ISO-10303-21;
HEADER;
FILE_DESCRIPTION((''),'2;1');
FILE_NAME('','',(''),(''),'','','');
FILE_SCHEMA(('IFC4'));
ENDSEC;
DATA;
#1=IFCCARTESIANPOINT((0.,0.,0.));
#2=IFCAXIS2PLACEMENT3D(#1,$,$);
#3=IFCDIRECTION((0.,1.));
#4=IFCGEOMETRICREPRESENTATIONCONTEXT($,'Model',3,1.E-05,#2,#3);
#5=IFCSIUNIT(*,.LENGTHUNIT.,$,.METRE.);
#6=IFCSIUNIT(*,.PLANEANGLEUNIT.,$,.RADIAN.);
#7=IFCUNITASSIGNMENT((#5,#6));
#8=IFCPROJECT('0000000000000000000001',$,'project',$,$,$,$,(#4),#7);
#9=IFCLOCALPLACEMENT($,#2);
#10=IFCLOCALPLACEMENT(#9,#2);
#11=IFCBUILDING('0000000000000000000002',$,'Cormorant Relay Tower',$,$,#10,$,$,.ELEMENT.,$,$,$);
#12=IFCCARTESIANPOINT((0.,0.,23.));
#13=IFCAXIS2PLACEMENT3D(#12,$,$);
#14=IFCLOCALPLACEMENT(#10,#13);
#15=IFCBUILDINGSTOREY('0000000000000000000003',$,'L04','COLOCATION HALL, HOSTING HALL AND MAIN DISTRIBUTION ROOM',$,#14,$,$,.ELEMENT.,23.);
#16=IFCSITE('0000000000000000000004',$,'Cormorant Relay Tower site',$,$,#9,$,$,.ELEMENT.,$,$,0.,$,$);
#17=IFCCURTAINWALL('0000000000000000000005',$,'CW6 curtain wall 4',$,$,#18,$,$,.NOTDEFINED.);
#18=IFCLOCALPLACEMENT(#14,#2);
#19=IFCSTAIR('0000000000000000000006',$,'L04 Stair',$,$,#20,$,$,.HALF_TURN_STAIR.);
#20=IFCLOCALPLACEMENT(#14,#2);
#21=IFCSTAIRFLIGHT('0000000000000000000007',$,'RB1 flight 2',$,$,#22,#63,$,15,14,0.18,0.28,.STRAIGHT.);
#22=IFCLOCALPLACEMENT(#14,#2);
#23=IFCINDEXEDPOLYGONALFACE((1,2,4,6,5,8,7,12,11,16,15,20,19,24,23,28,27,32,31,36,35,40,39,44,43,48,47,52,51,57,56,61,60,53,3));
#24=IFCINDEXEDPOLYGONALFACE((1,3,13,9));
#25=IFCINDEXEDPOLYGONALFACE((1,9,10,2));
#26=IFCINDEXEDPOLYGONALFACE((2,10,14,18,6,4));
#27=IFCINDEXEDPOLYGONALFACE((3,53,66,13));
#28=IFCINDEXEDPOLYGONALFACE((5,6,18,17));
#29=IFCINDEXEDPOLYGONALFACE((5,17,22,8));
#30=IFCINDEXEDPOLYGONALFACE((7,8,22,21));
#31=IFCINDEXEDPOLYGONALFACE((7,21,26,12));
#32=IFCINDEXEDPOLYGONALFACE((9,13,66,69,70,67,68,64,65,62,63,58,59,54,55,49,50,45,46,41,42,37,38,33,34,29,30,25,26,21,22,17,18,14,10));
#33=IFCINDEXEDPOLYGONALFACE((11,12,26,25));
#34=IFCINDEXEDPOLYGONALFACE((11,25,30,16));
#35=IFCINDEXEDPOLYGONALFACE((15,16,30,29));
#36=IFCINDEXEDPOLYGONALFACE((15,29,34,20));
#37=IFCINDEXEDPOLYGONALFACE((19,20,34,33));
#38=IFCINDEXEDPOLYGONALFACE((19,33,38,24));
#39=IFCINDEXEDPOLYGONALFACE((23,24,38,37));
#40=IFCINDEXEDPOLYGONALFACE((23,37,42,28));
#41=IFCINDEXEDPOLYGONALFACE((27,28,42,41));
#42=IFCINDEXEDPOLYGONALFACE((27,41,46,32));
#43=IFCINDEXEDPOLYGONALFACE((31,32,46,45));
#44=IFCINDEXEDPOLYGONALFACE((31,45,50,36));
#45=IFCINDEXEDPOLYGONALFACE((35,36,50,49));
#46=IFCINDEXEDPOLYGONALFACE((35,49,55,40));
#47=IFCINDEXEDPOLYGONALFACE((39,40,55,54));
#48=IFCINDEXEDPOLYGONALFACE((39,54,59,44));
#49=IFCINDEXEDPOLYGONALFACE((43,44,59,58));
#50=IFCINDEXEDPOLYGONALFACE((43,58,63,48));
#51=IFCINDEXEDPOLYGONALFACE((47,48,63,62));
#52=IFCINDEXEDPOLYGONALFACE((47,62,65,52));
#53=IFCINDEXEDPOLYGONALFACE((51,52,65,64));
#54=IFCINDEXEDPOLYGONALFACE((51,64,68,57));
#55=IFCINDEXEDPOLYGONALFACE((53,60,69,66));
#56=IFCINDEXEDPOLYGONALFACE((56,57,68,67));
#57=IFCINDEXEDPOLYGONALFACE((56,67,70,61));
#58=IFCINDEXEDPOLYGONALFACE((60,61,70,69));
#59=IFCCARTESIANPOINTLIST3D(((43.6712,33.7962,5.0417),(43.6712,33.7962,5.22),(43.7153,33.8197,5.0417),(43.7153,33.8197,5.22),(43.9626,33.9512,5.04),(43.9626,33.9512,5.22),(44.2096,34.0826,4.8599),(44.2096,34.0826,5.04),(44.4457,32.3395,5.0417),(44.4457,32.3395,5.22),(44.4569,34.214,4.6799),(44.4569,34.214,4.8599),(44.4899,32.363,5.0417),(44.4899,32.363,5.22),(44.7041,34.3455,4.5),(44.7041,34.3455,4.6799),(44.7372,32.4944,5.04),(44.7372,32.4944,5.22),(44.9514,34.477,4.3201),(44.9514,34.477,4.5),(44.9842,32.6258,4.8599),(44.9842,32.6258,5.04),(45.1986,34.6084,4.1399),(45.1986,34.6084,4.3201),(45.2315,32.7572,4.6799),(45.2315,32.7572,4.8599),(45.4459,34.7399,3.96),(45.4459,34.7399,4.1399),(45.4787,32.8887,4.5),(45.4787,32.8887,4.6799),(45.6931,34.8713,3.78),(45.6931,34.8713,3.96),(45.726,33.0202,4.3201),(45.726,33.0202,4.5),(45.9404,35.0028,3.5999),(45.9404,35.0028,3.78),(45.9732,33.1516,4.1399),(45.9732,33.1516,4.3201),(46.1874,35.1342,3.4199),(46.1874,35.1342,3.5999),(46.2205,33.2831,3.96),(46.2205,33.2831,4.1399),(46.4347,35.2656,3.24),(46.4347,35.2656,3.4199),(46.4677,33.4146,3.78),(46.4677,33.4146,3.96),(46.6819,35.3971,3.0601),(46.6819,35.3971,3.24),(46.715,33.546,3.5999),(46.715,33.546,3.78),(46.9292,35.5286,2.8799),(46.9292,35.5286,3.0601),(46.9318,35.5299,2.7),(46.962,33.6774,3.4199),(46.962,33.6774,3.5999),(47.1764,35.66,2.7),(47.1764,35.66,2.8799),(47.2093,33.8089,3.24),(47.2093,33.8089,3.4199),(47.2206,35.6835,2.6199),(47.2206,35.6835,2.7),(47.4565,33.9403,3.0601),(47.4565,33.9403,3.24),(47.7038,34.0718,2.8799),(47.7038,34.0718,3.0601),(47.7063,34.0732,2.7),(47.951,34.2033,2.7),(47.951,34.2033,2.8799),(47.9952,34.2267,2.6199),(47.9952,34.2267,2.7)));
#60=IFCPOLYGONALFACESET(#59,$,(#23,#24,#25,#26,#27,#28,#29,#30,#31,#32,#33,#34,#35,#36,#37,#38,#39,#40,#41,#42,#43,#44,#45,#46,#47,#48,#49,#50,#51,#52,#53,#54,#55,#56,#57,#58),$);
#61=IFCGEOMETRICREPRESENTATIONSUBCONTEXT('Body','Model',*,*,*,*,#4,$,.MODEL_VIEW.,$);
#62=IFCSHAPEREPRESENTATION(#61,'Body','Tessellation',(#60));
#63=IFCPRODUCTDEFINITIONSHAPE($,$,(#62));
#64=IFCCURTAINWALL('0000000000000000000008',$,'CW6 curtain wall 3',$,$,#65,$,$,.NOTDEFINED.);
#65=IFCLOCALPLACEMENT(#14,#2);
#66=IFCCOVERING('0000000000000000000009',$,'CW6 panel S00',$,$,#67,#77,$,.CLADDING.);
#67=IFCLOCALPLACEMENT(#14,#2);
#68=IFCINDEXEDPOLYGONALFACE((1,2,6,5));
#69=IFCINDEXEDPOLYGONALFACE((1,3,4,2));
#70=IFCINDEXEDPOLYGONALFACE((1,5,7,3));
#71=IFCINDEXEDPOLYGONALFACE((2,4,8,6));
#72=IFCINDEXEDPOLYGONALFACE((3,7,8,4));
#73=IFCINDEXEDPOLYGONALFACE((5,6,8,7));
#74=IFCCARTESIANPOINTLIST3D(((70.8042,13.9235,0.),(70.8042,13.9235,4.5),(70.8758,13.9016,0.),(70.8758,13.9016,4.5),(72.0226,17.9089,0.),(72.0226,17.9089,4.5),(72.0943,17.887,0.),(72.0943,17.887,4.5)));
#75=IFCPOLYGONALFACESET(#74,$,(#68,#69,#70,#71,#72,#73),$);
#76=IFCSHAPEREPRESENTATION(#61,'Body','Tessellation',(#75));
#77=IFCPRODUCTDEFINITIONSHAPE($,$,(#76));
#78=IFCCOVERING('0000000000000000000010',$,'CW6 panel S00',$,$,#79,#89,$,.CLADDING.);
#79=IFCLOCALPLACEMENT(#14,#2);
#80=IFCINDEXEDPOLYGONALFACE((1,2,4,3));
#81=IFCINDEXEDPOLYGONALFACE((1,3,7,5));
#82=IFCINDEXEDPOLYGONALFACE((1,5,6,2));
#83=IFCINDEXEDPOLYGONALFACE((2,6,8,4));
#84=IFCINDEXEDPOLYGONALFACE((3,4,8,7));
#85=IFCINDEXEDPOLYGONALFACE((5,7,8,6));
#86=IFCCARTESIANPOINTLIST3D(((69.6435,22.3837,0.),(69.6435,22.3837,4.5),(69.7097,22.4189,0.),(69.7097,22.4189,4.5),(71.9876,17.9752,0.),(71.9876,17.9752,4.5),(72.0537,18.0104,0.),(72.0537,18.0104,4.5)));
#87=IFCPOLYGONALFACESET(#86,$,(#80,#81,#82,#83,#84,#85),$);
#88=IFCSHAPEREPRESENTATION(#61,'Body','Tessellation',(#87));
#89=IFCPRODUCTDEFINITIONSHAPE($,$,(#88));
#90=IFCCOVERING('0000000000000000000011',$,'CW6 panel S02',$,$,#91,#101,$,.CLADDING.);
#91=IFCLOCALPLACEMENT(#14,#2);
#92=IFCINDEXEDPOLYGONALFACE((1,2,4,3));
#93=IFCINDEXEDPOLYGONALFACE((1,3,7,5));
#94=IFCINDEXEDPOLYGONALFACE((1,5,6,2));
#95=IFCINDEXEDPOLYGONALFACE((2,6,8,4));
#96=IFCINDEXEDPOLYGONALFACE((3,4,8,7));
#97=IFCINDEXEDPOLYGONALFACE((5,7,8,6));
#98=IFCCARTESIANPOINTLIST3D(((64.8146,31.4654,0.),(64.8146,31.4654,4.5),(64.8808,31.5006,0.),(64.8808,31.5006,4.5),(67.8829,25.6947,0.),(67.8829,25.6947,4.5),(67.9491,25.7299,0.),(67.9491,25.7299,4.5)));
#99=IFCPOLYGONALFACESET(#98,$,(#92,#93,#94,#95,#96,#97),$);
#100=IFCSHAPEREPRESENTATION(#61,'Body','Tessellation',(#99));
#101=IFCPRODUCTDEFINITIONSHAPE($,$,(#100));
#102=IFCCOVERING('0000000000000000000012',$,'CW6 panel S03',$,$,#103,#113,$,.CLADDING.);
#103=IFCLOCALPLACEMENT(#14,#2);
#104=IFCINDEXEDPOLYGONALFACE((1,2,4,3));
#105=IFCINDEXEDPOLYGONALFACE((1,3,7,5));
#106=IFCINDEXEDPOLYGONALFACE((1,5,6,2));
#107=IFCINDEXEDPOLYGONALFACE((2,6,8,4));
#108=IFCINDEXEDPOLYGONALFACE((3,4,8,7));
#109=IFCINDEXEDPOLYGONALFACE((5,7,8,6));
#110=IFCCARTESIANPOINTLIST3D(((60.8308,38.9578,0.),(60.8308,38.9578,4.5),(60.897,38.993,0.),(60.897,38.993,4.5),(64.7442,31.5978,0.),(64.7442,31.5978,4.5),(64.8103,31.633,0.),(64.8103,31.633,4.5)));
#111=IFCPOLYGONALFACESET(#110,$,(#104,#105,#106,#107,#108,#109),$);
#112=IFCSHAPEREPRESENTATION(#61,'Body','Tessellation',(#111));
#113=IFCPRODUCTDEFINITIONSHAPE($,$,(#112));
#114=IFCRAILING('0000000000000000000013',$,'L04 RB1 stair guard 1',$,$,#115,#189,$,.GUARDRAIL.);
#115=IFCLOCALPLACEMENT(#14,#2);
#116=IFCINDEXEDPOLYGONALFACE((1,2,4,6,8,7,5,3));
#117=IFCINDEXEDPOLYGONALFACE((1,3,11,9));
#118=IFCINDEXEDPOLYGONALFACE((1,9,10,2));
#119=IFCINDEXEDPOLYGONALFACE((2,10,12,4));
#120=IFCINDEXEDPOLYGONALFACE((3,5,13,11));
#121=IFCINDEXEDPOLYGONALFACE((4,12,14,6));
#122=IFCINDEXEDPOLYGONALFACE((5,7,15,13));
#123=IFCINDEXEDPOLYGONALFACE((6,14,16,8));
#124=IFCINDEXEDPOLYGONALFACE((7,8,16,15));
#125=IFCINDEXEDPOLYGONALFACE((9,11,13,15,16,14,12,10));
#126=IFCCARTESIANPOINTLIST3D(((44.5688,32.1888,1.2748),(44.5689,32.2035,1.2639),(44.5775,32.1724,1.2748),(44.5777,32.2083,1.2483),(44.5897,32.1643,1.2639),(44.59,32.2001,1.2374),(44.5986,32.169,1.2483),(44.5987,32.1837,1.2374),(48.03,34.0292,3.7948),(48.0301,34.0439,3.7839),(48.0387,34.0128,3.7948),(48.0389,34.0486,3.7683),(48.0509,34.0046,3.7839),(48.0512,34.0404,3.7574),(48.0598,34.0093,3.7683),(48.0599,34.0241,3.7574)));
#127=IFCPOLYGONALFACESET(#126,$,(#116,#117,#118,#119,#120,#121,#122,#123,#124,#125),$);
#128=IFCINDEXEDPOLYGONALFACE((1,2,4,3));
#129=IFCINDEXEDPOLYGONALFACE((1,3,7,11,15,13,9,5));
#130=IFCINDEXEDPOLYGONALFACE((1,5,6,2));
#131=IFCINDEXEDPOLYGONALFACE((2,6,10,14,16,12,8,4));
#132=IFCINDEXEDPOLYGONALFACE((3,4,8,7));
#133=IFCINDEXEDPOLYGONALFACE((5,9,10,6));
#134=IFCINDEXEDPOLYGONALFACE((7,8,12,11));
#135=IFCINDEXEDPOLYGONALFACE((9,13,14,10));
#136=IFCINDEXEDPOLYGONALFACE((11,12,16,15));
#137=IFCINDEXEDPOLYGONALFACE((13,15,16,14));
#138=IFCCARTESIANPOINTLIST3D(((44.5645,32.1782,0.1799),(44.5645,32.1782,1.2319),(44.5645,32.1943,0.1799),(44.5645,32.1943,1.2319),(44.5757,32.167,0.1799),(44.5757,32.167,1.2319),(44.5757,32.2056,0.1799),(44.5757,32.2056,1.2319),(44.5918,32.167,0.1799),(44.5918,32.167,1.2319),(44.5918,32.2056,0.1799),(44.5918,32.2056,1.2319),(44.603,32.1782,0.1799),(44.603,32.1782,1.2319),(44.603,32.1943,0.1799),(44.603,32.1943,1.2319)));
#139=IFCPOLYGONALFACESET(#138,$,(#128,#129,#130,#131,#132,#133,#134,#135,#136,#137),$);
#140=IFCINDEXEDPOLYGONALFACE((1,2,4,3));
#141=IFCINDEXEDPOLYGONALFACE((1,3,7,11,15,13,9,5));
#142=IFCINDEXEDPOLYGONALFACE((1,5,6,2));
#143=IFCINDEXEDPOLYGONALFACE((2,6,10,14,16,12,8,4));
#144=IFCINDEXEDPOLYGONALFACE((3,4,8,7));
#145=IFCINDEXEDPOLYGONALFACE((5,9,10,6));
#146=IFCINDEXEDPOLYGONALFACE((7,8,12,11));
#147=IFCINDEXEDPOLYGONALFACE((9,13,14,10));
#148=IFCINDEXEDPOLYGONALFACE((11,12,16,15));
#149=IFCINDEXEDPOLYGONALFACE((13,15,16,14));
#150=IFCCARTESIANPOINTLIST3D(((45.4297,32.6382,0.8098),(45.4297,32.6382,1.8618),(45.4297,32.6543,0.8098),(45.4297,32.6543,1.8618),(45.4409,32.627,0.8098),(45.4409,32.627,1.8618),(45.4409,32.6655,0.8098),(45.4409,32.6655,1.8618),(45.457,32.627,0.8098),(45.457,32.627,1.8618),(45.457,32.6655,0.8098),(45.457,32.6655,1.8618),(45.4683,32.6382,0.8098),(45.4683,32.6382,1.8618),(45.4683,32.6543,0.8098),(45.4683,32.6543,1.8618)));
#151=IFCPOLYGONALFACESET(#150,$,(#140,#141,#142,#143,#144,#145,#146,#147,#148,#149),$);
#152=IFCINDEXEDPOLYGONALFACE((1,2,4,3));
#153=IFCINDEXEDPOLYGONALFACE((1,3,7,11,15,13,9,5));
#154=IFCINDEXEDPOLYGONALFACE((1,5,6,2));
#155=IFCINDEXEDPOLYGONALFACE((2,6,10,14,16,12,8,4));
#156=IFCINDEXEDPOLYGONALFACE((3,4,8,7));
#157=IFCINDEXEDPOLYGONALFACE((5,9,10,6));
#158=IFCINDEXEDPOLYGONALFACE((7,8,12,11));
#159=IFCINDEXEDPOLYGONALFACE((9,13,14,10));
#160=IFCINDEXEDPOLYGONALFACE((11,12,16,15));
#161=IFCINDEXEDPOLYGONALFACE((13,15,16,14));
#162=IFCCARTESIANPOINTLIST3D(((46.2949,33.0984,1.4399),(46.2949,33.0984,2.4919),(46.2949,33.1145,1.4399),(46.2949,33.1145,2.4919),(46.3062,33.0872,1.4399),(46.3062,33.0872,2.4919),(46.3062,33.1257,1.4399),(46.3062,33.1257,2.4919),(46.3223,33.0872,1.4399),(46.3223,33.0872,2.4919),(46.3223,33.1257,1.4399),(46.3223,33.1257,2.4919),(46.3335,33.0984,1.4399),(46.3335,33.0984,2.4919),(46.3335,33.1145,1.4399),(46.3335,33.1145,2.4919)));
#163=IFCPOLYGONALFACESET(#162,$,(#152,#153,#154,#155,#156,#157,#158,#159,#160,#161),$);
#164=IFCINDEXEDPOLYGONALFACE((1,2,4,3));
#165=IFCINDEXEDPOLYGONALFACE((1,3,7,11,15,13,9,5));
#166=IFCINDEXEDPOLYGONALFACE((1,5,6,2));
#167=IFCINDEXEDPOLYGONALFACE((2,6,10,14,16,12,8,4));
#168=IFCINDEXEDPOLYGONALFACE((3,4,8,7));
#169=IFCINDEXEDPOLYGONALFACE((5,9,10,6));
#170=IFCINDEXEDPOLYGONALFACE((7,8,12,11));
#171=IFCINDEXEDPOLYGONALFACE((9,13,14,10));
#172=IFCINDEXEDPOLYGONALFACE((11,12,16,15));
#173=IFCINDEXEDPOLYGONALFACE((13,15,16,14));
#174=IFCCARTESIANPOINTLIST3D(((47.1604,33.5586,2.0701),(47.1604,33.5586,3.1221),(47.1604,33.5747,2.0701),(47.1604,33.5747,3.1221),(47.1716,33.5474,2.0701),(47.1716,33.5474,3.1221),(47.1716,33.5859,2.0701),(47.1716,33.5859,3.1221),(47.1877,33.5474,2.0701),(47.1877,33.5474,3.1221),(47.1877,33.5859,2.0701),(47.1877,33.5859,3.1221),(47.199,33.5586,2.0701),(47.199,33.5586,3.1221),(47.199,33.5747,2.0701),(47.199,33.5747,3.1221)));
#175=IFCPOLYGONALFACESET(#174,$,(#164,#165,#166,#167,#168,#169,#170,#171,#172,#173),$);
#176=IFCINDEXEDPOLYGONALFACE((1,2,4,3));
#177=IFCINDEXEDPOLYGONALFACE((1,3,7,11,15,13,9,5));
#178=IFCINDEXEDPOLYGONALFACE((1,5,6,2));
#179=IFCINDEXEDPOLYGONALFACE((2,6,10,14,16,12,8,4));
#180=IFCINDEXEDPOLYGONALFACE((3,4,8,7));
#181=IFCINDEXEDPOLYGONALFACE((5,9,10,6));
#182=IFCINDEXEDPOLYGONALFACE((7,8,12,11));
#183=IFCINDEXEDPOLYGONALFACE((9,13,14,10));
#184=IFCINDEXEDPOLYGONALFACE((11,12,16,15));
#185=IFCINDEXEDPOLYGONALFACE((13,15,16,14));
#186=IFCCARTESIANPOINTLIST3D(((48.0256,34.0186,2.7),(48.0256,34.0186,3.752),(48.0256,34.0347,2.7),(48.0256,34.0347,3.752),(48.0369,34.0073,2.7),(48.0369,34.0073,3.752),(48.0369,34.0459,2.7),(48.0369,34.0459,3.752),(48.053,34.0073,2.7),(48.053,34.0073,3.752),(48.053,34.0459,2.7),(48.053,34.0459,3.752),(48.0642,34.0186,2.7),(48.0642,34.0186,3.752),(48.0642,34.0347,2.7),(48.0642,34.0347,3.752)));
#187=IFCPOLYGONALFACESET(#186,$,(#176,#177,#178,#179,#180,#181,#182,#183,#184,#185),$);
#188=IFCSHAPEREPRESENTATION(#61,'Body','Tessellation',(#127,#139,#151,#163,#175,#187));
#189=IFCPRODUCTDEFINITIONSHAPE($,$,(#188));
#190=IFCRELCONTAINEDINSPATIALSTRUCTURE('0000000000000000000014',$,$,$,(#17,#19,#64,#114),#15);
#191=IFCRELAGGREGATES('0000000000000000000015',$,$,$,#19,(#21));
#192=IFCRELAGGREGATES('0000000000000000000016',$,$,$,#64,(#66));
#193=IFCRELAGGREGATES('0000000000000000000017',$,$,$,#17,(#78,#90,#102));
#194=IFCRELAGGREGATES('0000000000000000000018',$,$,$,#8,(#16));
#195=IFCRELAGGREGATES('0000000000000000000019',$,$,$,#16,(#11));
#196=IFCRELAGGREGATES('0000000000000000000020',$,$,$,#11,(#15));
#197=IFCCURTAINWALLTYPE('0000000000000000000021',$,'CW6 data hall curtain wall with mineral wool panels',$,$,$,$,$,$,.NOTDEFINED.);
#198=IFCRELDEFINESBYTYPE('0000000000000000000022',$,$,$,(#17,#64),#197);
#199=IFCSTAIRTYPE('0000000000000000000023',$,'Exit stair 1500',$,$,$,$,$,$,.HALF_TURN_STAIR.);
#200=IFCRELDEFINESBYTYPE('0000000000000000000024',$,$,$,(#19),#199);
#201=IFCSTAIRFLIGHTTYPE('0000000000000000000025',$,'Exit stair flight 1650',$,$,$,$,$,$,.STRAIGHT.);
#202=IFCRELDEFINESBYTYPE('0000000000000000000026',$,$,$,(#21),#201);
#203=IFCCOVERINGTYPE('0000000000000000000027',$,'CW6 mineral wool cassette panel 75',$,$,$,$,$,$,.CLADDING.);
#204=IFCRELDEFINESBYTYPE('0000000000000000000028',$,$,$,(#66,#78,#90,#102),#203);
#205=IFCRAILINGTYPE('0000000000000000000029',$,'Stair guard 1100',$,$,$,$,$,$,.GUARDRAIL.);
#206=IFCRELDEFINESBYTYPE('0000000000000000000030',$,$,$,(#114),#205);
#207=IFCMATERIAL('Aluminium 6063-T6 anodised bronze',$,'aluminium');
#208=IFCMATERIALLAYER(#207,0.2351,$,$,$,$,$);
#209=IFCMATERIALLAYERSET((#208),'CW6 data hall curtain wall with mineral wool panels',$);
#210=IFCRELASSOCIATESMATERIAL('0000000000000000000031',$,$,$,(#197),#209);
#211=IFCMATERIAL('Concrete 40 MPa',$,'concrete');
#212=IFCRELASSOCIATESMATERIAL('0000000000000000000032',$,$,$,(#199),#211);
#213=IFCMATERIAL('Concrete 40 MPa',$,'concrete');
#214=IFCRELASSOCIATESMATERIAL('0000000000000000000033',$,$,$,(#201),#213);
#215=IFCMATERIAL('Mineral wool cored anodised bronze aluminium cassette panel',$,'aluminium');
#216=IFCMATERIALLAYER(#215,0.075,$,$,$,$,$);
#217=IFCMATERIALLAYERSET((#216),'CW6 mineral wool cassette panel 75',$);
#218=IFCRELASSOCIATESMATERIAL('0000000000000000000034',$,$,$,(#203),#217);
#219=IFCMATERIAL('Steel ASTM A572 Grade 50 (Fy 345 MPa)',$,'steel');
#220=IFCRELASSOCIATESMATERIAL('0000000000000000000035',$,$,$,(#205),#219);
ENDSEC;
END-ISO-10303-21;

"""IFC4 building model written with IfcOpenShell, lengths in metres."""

from ifc_helpers import new_model, si_unit, direction, frame, origin, origin_2d, place, context, subcontext, project, spatial, polyline, rectangle, outline, extrude, material, layer, layer_set, type_object, element, aggregate, save


model = new_model("IFC4")

# Units and contexts
model_context = context("Model", 3, precision=1e-05, world=origin(), true_north=direction((0.0, 1.0)))
body_context = subcontext(model_context, "Body", "Model", "MODEL_VIEW")
ifc_project = project(units=[si_unit("LENGTHUNIT", "METRE"), si_unit("PLANEANGLEUNIT", "RADIAN")], contexts=[model_context])

# Site, building, storey
site_placement = place(None, origin())
site = spatial("IfcSite", under=ifc_project, at=site_placement, Name="Cormorant Relay Tower site", CompositionType="ELEMENT", RefElevation=0.0)
building_placement = place(site_placement, origin())
building = spatial("IfcBuilding", under=site, at=building_placement, Name="Cormorant Relay Tower", CompositionType="ELEMENT")
storey_placement = place(building_placement, frame((0.0, 0.0, 23.0)))
storey = spatial("IfcBuildingStorey", under=building, at=storey_placement, Name="L04", Description="COLOCATION HALL, HOSTING HALL AND MAIN DISTRIBUTION ROOM", CompositionType="ELEMENT", Elevation=23.0)

# Curtain wall
ifc_material_1 = material(Name="Aluminium 6063-T6 anodised bronze", Category="aluminium")
ifc_layer_1 = layer(ifc_material_1, 0.2351)
ifc_layer_set_1 = layer_set([ifc_layer_1], Name="CW6 data hall curtain wall with mineral wool panels")
curtain_wall_type = type_object("IfcCurtainWallType", Name="CW6 data hall curtain wall with mineral wool panels", PredefinedType="NOTDEFINED", material=ifc_layer_set_1)
curtain_wall_1_placement = place(storey_placement, origin())
curtain_wall_1 = element("IfcCurtainWall", 1, at=curtain_wall_1_placement, inside=storey, type_object=curtain_wall_type, Name="CW6 curtain wall 4", PredefinedType="NOTDEFINED")

# Stair, stair flight
ifc_material_2 = material(Name="Concrete 40 MPa", Category="concrete")
stair_type = type_object("IfcStairType", Name="Exit stair 1500", PredefinedType="HALF_TURN_STAIR", material=ifc_material_2)
stair_placement = place(storey_placement, origin())
stair = element("IfcStair", 2, at=stair_placement, inside=storey, type_object=stair_type, Name="L04 Stair", PredefinedType="HALF_TURN_STAIR")
ifc_material_3 = material(Name="Concrete 40 MPa", Category="concrete")
stair_flight_type = type_object("IfcStairFlightType", Name="Exit stair flight 1650", PredefinedType="STRAIGHT", material=ifc_material_3)
stair_flight_1_placement = place(storey_placement, frame((47.5637, 34.9316, 2.7), z_axis=(0.0, 0.0, 1.0), x_axis=(-0.882948, -0.469472, 0.0)))
stair_flight_1 = element("IfcStairFlight", 3, at=stair_flight_1_placement, type_object=stair_flight_type, Name="RB1 flight 2", NumberOfRisers=15, NumberOfTreads=14, PredefinedType="STRAIGHT", RiserHeight=0.18, TreadLength=0.28, context=body_context, shape_type="SweptSolid", body=[
    extrude(outline(polyline([(-0.05, -0.0801), (-0.05, 0.0), (0.0, 0.0), (0.0, 0.1799), (0.28, 0.1799), (0.28, 0.3601), (0.5601, 0.3601), (0.5601, 0.54), (0.8401, 0.54), (0.8401, 0.72), (1.1201, 0.72), (1.1201, 0.8999), (1.3999, 0.8999), (1.3999, 1.0801), (1.6799, 1.0801), (1.6799, 1.26), (1.96, 1.26), (1.96, 1.4399), (2.24, 1.4399), (2.24, 1.6201), (2.52, 1.6201), (2.52, 1.8), (2.8, 1.8), (2.8, 1.98), (3.0801, 1.98), (3.0801, 2.1599), (3.3601, 2.1599), (3.3601, 2.3401), (3.6399, 2.3401), (3.6399, 2.52), (3.9199, 2.52), (3.97, 2.52), (3.97, 2.3418), (3.9199, 2.3418), (0.2771, 0.0), (-0.05, -0.0801)])), frame((0.0, 0.825, 0.0), z_axis=(0.0, -1.0, 0.0), x_axis=(1.0, 0.0, 0.0)), (0.0, 0.0, 1.0), 1.6499),
])
aggregate(stair, [stair_flight_1])

# Curtain wall, covering
curtain_wall_2_placement = place(storey_placement, origin())
curtain_wall_2 = element("IfcCurtainWall", 4, at=curtain_wall_2_placement, inside=storey, type_object=curtain_wall_type, Name="CW6 curtain wall 3", PredefinedType="NOTDEFINED")
ifc_material_4 = material(Name="Mineral wool cored anodised bronze aluminium cassette panel", Category="aluminium")
ifc_layer_2 = layer(ifc_material_4, 0.075)
ifc_layer_set_2 = layer_set([ifc_layer_2], Name="CW6 mineral wool cassette panel 75")
covering_type = type_object("IfcCoveringType", Name="CW6 mineral wool cassette panel 75", PredefinedType="CLADDING", material=ifc_layer_set_2)
covering_1_placement = place(storey_placement, frame((71.4492, 15.9053, 0.0), z_axis=(0.0, 0.0, 1.0), x_axis=(0.292372, 0.956305, 0.0)))
covering_1 = element("IfcCovering", 5, at=covering_1_placement, type_object=covering_type, Name="CW6 panel S00", PredefinedType="CLADDING", context=body_context, shape_type="SweptSolid", body=[
    extrude(rectangle(XDim=4.1675, YDim=0.075, at=origin_2d()), origin(), (0.0, 0.0, 1.0), 4.5),
])
aggregate(curtain_wall_2, [covering_1])

# Coverings
covering_2_placement = place(storey_placement, frame((70.8486, 20.197, 0.0), z_axis=(0.0, 0.0, 1.0), x_axis=(-0.469472, 0.882948, 0.0)))
covering_2 = element("IfcCovering", 6, at=covering_2_placement, type_object=covering_type, Name="CW6 panel S00", PredefinedType="CLADDING", context=body_context, shape_type="SweptSolid", body=[
    extrude(rectangle(XDim=4.9929, YDim=0.075, at=origin_2d()), origin(), (0.0, 0.0, 1.0), 4.5),
])
covering_3_placement = place(storey_placement, frame((66.3818, 28.5977, 0.0), z_axis=(0.0, 0.0, 1.0), x_axis=(-0.469472, 0.882948, 0.0)))
covering_3 = element("IfcCovering", 7, at=covering_3_placement, type_object=covering_type, Name="CW6 panel S02", PredefinedType="CLADDING", context=body_context, shape_type="SweptSolid", body=[
    extrude(rectangle(XDim=6.5356, YDim=0.075, at=origin_2d()), origin(), (0.0, 0.0, 1.0), 4.5),
])
covering_4_placement = place(storey_placement, frame((62.8206, 35.2954, 0.0), z_axis=(0.0, 0.0, 1.0), x_axis=(-0.469472, 0.882948, 0.0)))
covering_4 = element("IfcCovering", 8, at=covering_4_placement, type_object=covering_type, Name="CW6 panel S03", PredefinedType="CLADDING", context=body_context, shape_type="SweptSolid", body=[
    extrude(rectangle(XDim=8.3357, YDim=0.075, at=origin_2d()), origin(), (0.0, 0.0, 1.0), 4.5),
])
aggregate(curtain_wall_1, [covering_2, covering_3, covering_4])

# Railing
ifc_material_5 = material(Name="Steel ASTM A572 Grade 50 (Fy 345 MPa)", Category="steel")
railing_type_1 = type_object("IfcRailingType", Name="Stair guard 1100", PredefinedType="GUARDRAIL", material=ifc_material_5)
railing_1_placement = place(storey_placement, frame((44.5837, 32.1863, 0.1799)))
element("IfcRailing", 9, at=railing_1_placement, inside=storey, type_object=railing_type_1, Name="L04 RB1 stair guard 1", PredefinedType="GUARDRAIL", context=body_context, shape_type="SweptSolid", body=[
    extrude(outline(polyline([(0.0222, 0.0093), (0.0093, 0.0222), (-0.0093, 0.0222), (-0.0222, 0.0093), (-0.0222, -0.0093), (-0.0093, -0.0222), (0.0093, -0.0222), (0.0222, -0.0093), (0.0222, 0.0093)])), frame((0.0, 0.0, 1.0762), z_axis=(0.742717, 0.394907, 0.540758), x_axis=(-0.469469, 0.882949, 0.0)), (0.0, 0.0, 1.0), 4.6602),
    extrude(outline(polyline([(0.0193, 0.0081), (0.0081, 0.0193), (-0.0081, 0.0193), (-0.0193, 0.0081), (-0.0193, -0.0081), (-0.0081, -0.0193), (0.0081, -0.0193), (0.0193, -0.0081), (0.0193, 0.0081)])), origin(), (0.0, 0.0, 1.0), 1.052),
    extrude(outline(polyline([(0.0193, 0.0081), (0.0081, 0.0193), (-0.0081, 0.0193), (-0.0193, 0.0081), (-0.0193, -0.0081), (-0.0081, -0.0193), (0.0081, -0.0193), (0.0193, -0.0081), (0.0193, 0.0081)])), frame((0.8652, 0.46, 0.6299)), (0.0, 0.0, 1.0), 1.052),
    extrude(outline(polyline([(0.0193, 0.0081), (0.0081, 0.0193), (-0.0081, 0.0193), (-0.0193, 0.0081), (-0.0193, -0.0081), (-0.0081, -0.0193), (0.0081, -0.0193), (0.0193, -0.0081), (0.0193, 0.0081)])), frame((1.7305, 0.9202, 1.26)), (0.0, 0.0, 1.0), 1.052),
    extrude(outline(polyline([(0.0193, 0.0081), (0.0081, 0.0193), (-0.0081, 0.0193), (-0.0193, 0.0081), (-0.0193, -0.0081), (-0.0081, -0.0193), (0.0081, -0.0193), (0.0193, -0.0081), (0.0193, 0.0081)])), frame((2.5959, 1.3804, 1.8901)), (0.0, 0.0, 1.0), 1.052),
    extrude(outline(polyline([(0.0193, 0.0081), (0.0081, 0.0193), (-0.0081, 0.0193), (-0.0193, 0.0081), (-0.0193, -0.0081), (-0.0081, -0.0193), (0.0081, -0.0193), (0.0193, -0.0081), (0.0193, 0.0081)])), frame((3.4612, 1.8403, 2.52)), (0.0, 0.0, 1.0), 1.052),
])

save(model, "model.ifc")
